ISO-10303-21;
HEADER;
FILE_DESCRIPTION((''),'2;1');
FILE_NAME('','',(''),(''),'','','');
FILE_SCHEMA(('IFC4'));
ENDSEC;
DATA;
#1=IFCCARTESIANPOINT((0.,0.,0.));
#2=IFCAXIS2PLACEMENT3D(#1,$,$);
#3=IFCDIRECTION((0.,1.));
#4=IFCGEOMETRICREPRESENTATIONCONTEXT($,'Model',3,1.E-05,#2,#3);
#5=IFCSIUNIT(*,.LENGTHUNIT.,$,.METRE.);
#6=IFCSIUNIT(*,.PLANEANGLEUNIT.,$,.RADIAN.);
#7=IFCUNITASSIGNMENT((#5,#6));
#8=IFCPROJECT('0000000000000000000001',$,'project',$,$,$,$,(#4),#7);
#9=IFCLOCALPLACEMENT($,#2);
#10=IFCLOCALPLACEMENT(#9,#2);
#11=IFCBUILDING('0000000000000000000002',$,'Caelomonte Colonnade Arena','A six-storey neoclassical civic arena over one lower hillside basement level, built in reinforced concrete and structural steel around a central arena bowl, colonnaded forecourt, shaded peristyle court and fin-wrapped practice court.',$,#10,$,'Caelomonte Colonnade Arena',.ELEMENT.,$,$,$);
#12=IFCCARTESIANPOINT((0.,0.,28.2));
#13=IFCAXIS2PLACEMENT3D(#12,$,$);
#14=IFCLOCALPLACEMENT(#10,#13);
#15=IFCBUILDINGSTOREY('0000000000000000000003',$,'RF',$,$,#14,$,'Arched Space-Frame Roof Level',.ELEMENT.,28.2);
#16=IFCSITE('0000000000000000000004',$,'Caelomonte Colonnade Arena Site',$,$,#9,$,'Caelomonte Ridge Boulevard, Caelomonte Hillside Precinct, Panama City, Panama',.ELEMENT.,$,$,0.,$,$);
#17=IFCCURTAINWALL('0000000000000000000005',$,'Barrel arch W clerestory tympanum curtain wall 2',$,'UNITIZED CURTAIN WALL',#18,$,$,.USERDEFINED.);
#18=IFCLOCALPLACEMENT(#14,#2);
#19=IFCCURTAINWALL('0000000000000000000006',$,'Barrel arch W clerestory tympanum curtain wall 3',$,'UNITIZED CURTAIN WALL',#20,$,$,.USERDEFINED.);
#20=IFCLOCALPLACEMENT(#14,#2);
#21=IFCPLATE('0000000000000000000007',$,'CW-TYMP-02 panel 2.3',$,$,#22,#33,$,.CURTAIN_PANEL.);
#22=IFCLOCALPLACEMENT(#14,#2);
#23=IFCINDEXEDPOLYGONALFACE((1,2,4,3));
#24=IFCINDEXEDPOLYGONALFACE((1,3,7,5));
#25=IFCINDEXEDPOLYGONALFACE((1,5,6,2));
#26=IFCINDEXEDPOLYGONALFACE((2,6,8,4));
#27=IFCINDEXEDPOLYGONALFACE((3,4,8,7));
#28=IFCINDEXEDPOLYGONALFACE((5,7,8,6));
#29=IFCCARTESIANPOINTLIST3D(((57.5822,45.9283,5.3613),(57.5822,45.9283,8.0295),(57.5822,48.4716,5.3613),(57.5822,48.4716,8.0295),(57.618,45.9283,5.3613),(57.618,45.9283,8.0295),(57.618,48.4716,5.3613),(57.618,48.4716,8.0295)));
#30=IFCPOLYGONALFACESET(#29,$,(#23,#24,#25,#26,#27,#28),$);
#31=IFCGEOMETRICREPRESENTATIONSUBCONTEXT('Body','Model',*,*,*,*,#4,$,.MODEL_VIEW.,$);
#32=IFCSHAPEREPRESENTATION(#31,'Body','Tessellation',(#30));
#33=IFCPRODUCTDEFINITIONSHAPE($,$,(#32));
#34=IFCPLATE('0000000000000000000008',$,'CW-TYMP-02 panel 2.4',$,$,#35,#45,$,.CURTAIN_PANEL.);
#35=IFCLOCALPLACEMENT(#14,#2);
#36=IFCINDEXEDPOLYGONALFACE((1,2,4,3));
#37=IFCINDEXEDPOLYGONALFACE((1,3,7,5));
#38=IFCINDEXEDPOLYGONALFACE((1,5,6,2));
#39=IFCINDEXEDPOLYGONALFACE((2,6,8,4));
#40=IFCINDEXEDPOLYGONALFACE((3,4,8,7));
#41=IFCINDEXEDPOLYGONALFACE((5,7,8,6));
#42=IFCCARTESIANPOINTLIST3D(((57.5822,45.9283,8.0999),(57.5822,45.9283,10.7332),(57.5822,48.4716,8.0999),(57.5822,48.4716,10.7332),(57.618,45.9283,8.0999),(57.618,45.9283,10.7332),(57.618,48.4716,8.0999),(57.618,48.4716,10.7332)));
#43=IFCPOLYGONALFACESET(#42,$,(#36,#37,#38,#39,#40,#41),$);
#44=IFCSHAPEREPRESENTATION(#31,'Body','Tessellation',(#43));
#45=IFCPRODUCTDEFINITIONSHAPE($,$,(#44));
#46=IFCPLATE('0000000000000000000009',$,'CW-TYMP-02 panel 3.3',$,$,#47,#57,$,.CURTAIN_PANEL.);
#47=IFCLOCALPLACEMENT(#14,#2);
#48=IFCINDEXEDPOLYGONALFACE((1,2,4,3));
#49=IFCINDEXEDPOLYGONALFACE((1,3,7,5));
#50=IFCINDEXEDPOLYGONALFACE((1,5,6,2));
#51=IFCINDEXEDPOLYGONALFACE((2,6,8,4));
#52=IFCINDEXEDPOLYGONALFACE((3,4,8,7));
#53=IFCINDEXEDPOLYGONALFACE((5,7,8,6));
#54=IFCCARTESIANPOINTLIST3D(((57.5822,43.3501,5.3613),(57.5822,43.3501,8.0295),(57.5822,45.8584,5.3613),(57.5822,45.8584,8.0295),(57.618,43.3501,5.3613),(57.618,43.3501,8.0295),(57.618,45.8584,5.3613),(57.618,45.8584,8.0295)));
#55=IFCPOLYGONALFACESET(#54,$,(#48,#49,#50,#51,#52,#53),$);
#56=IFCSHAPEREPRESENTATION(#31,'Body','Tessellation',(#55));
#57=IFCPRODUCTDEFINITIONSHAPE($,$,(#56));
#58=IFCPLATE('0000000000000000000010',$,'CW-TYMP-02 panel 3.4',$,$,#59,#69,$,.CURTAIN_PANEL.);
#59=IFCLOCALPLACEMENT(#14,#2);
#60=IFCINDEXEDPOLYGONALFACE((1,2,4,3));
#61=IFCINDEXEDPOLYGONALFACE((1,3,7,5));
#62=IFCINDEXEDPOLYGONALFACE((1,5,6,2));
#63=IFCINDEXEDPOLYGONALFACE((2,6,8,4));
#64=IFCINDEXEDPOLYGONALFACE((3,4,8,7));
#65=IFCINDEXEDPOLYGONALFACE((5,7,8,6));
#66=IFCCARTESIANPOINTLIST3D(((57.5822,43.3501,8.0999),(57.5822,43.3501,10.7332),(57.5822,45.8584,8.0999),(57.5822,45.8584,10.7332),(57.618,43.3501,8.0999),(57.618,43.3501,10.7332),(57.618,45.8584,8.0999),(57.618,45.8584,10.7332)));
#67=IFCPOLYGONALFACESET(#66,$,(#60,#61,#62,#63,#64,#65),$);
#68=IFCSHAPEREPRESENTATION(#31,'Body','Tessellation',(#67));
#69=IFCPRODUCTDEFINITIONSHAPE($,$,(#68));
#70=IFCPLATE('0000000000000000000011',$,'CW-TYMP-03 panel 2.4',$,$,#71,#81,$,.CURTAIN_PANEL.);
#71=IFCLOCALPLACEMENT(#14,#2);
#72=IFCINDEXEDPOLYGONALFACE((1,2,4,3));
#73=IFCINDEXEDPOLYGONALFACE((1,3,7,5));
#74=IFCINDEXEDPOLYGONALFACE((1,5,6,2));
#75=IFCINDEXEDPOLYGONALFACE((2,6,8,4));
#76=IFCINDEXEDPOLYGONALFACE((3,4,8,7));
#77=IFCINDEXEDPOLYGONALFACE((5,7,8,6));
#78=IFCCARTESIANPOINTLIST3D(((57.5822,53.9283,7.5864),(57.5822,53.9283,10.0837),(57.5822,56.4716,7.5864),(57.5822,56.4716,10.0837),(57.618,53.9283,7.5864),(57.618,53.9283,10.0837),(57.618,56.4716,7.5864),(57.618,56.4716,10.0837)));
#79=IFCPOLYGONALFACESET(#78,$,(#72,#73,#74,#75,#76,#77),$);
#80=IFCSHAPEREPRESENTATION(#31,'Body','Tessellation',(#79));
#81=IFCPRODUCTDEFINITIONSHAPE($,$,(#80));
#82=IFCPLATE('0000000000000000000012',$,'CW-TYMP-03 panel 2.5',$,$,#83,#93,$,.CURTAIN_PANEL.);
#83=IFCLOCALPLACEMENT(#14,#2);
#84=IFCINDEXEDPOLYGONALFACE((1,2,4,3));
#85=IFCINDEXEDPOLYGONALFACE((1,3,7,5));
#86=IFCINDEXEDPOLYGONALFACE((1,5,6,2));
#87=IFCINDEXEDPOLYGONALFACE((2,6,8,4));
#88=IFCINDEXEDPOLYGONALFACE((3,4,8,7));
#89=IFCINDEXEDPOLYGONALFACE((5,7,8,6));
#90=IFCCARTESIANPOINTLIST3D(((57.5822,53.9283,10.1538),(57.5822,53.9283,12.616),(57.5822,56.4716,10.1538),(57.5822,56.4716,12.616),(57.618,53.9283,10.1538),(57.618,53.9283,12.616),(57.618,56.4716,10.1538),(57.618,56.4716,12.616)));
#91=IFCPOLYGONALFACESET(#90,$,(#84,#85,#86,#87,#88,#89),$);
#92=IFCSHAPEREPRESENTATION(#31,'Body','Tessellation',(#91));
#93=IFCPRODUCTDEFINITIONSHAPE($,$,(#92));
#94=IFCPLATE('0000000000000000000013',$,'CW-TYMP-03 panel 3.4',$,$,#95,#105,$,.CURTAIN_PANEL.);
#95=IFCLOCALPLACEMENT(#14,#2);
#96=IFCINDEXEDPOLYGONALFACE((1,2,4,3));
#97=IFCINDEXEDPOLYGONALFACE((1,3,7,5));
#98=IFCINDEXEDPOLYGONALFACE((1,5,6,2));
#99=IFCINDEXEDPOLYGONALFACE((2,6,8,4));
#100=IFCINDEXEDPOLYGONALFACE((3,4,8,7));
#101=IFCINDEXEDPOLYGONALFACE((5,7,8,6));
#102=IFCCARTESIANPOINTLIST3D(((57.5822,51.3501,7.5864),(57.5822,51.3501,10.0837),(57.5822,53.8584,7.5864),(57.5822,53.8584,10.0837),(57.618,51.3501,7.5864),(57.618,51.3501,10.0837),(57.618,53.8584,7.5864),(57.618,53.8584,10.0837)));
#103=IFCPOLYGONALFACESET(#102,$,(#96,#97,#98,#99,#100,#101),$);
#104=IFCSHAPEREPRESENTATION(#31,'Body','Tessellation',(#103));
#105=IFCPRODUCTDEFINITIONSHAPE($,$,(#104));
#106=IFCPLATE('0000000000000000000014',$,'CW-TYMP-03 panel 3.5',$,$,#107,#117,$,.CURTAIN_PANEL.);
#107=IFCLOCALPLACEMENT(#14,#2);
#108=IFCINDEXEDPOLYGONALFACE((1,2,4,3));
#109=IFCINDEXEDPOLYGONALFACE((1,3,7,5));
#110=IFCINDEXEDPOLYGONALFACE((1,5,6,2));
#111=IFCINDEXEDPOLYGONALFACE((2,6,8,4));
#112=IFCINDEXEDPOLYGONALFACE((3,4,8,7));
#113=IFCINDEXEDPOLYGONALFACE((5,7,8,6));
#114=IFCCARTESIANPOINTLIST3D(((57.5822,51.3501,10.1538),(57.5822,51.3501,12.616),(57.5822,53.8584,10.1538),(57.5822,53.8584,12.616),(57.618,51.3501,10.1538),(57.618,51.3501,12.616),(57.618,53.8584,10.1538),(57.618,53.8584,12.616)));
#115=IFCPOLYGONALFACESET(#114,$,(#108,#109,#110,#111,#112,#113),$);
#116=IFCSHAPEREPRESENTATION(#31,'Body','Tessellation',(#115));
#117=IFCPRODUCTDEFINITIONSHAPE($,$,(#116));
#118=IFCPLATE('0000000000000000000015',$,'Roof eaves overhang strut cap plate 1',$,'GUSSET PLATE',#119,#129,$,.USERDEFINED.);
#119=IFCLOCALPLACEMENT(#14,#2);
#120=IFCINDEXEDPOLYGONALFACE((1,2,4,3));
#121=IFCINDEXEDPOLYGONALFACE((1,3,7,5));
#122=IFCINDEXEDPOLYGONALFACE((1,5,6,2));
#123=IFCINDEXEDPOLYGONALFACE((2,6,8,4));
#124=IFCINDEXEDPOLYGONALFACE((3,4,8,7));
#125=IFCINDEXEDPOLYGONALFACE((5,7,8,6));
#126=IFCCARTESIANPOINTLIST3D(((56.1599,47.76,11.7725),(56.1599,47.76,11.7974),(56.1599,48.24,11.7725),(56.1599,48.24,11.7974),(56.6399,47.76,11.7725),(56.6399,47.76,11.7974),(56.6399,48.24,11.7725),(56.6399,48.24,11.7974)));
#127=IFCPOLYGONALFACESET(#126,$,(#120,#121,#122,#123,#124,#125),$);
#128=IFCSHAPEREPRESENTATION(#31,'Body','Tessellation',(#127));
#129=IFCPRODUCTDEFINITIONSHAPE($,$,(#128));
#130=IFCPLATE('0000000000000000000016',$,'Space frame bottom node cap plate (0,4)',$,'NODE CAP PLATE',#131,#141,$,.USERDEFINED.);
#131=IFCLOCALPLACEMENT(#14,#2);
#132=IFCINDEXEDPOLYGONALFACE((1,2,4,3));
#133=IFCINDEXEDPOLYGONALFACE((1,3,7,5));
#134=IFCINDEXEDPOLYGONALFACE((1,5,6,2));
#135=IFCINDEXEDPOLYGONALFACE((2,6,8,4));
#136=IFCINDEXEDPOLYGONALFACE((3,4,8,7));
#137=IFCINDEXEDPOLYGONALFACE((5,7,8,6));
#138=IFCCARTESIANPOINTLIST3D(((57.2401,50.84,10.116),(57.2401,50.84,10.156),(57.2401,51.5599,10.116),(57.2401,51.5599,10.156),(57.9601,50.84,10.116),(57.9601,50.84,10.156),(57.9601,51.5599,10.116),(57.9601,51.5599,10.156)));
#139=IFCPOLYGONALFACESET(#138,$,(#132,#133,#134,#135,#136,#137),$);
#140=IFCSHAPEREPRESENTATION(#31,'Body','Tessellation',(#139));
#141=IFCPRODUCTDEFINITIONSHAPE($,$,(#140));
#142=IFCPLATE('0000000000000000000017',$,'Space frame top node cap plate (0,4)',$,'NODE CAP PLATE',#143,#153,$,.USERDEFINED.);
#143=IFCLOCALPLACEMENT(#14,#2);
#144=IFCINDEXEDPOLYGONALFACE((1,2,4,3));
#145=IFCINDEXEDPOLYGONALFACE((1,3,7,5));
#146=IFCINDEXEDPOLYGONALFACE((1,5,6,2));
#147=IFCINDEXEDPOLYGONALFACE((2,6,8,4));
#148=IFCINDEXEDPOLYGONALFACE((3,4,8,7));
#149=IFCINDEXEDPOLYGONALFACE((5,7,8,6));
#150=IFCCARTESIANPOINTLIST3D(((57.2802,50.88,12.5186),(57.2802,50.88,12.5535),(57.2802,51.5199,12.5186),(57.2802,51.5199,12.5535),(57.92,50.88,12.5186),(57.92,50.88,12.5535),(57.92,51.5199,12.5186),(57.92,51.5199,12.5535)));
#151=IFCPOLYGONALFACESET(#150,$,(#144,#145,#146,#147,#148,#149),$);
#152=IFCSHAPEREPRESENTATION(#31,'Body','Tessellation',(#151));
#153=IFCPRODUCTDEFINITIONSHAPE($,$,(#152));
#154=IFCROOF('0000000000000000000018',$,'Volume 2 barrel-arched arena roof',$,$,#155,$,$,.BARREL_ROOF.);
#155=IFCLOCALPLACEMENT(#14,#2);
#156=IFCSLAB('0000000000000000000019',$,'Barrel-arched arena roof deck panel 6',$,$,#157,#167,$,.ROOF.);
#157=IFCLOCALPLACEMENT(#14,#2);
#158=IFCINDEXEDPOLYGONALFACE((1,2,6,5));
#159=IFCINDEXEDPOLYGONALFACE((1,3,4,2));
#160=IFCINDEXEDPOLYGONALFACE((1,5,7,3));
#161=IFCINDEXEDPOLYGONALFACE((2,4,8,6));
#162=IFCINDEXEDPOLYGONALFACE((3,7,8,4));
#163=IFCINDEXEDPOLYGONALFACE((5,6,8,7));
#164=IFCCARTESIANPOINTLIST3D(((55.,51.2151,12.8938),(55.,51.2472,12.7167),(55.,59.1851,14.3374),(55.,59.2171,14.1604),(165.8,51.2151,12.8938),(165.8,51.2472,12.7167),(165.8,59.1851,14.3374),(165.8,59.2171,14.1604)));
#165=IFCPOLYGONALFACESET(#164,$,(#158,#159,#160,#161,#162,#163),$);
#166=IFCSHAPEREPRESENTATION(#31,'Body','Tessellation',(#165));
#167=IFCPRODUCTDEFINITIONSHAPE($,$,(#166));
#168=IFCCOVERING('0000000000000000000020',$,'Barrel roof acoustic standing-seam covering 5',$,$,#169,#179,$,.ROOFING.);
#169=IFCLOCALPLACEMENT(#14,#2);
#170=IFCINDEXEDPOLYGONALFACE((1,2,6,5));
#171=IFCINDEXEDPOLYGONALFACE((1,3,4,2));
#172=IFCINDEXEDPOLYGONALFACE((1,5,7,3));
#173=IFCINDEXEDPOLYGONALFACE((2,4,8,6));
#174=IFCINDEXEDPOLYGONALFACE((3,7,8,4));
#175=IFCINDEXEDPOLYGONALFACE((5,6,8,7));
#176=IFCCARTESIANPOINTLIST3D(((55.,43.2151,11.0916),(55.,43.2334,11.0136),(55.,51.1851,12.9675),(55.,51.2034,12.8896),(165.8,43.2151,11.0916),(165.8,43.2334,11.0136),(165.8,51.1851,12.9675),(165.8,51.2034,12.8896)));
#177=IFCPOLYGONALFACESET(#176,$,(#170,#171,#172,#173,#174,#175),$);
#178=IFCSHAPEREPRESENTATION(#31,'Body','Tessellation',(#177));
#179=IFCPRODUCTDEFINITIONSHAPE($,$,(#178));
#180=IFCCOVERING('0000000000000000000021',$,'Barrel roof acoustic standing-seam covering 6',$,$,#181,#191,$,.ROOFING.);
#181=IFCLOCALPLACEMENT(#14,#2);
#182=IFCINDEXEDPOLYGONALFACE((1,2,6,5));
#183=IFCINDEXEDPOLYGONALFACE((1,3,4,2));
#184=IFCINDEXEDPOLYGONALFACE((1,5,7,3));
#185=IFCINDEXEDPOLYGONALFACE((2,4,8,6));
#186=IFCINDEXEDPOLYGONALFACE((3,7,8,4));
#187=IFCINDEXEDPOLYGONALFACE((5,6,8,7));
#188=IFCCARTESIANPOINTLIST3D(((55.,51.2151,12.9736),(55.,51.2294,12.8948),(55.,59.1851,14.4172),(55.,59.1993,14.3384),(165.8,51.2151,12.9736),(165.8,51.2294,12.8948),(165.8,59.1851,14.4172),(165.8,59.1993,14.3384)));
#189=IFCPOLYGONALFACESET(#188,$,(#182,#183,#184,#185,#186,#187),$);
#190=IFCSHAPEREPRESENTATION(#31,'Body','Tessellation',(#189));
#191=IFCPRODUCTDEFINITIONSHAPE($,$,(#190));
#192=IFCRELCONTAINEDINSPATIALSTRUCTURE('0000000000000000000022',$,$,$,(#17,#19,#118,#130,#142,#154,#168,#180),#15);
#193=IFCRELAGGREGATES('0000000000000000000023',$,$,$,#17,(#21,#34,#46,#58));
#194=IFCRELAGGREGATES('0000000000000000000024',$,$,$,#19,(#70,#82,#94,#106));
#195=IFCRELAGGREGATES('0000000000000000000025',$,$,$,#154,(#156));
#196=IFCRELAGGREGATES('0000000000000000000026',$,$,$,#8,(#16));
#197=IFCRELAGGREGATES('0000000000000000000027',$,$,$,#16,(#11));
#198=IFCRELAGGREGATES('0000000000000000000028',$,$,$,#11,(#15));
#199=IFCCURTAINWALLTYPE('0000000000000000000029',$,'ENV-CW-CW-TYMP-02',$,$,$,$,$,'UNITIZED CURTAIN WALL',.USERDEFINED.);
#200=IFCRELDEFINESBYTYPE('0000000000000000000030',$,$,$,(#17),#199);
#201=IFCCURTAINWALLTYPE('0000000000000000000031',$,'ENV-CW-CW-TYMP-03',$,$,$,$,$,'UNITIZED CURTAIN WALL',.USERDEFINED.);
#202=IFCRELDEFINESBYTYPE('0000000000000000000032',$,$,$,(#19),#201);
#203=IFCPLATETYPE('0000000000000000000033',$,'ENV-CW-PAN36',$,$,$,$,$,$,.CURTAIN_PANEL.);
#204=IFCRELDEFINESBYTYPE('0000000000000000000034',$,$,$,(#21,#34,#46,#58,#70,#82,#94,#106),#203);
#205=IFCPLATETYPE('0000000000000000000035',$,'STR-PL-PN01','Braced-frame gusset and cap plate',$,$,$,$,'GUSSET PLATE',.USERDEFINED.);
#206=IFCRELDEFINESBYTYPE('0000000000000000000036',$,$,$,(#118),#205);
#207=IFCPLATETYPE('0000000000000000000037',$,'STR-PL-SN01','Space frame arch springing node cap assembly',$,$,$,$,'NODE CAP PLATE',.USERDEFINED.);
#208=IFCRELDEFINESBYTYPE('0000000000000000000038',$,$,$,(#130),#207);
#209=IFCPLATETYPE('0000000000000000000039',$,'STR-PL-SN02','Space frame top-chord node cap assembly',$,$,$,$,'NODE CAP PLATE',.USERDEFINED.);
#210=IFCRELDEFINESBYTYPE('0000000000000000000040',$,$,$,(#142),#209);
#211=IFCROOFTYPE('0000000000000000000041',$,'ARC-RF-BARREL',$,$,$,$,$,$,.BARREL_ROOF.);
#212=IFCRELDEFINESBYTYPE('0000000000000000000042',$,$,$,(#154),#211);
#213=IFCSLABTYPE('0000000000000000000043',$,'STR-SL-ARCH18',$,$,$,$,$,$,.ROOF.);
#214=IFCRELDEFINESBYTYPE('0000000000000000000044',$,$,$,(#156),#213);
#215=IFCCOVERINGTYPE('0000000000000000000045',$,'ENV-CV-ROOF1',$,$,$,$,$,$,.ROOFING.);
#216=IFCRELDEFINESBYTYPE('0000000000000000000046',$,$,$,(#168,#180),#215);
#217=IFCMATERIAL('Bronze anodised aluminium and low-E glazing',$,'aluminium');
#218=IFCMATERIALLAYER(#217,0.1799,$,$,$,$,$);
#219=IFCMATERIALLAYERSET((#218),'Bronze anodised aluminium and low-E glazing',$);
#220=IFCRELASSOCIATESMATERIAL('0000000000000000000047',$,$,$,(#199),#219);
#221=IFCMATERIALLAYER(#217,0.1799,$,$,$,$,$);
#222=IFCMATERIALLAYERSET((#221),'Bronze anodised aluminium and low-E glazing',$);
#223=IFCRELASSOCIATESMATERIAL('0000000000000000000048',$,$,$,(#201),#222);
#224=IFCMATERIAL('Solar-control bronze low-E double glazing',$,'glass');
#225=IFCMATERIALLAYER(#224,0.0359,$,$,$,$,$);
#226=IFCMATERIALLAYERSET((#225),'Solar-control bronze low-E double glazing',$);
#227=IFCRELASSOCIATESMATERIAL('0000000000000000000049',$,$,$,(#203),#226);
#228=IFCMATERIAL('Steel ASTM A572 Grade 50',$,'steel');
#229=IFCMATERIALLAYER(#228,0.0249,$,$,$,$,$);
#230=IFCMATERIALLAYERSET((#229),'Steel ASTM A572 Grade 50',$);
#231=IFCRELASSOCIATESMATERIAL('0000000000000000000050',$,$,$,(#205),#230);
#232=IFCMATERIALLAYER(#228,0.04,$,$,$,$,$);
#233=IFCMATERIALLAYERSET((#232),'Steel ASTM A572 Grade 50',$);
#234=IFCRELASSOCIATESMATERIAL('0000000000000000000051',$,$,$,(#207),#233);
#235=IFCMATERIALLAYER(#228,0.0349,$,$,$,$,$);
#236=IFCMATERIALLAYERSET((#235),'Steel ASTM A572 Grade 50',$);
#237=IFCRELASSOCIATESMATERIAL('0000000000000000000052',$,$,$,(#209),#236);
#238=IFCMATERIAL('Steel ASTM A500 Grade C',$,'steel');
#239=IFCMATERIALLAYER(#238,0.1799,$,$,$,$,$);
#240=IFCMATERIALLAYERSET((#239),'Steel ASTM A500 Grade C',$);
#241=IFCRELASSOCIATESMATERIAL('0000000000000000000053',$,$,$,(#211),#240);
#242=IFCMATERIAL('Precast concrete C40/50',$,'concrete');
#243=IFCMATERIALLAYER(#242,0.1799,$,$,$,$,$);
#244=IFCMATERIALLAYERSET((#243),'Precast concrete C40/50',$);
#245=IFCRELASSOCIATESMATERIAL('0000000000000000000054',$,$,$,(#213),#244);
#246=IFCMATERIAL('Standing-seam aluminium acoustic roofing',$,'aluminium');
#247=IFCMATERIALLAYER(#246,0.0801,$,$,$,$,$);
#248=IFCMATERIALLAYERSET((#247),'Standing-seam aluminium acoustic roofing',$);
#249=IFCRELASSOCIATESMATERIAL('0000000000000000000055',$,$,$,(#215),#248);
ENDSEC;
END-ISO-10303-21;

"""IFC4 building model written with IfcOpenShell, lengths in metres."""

from ifc_helpers import new_model, si_unit, direction, frame, origin, origin_2d, place, context, subcontext, project, spatial, polyline, rectangle, outline, extrude, material, layer, layer_set, type_object, element, aggregate, save


model = new_model("IFC4")

# Units and contexts
model_context = context("Model", 3, precision=1e-05, world=origin(), true_north=direction((0.0, 1.0)))
body_context = subcontext(model_context, "Body", "Model", "MODEL_VIEW")
ifc_project = project(units=[si_unit("LENGTHUNIT", "METRE"), si_unit("PLANEANGLEUNIT", "RADIAN")], contexts=[model_context])

# Site, building, storey
site_placement = place(None, origin())
site = spatial("IfcSite", under=ifc_project, at=site_placement, Name="Caelomonte Colonnade Arena Site", LongName="Caelomonte Ridge Boulevard, Caelomonte Hillside Precinct, Panama City, Panama", CompositionType="ELEMENT", RefElevation=0.0)
building_placement = place(site_placement, origin())
building = spatial("IfcBuilding", under=site, at=building_placement, Name="Caelomonte Colonnade Arena", Description="A six-storey neoclassical civic arena over one lower hillside basement level, built in reinforced concrete and structural steel around a central arena bowl, colonnaded forecourt, shaded peristyle court and fin-wrapped practice court.", LongName="Caelomonte Colonnade Arena", CompositionType="ELEMENT")
storey_placement = place(building_placement, frame((0.0, 0.0, 28.2)))
storey = spatial("IfcBuildingStorey", under=building, at=storey_placement, Name="RF", LongName="Arched Space-Frame Roof Level", CompositionType="ELEMENT", Elevation=28.2)

# Curtain walls
ifc_material_1 = material(Name="Bronze anodised aluminium and low-E glazing", Category="aluminium")
ifc_layer_1 = layer(ifc_material_1, 0.1799)
ifc_layer_set_1 = layer_set([ifc_layer_1], Name="Bronze anodised aluminium and low-E glazing")
curtain_wall_type_1 = type_object("IfcCurtainWallType", Name="ENV-CW-CW-TYMP-02", ElementType="UNITIZED CURTAIN WALL", PredefinedType="USERDEFINED", material=ifc_layer_set_1)
curtain_wall_1_placement = place(storey_placement, origin())
curtain_wall_1 = element("IfcCurtainWall", 1, at=curtain_wall_1_placement, inside=storey, type_object=curtain_wall_type_1, Name="Barrel arch W clerestory tympanum curtain wall 2", ObjectType="UNITIZED CURTAIN WALL", PredefinedType="USERDEFINED")
ifc_layer_2 = layer(ifc_material_1, 0.1799)
ifc_layer_set_2 = layer_set([ifc_layer_2], Name="Bronze anodised aluminium and low-E glazing")
curtain_wall_type_2 = type_object("IfcCurtainWallType", Name="ENV-CW-CW-TYMP-03", ElementType="UNITIZED CURTAIN WALL", PredefinedType="USERDEFINED", material=ifc_layer_set_2)
curtain_wall_2_placement = place(storey_placement, origin())
curtain_wall_2 = element("IfcCurtainWall", 2, at=curtain_wall_2_placement, inside=storey, type_object=curtain_wall_type_2, Name="Barrel arch W clerestory tympanum curtain wall 3", ObjectType="UNITIZED CURTAIN WALL", PredefinedType="USERDEFINED")

# Shared definitions
ifc_material_2 = material(Name="Steel ASTM A500 Grade C", Category="steel")

# Plates
ifc_material_3 = material(Name="Solar-control bronze low-E double glazing", Category="glass")
ifc_layer_3 = layer(ifc_material_3, 0.0359)
ifc_layer_set_3 = layer_set([ifc_layer_3], Name="Solar-control bronze low-E double glazing")
plate_type_1 = type_object("IfcPlateType", Name="ENV-CW-PAN36", PredefinedType="CURTAIN_PANEL", material=ifc_layer_set_3)
plate_1_placement = place(storey_placement, frame((57.6001, 47.2, 5.3613), z_axis=(0.0, 0.0, 1.0), x_axis=(0.0, -1.0, 0.0)))
plate_1 = element("IfcPlate", 3, at=plate_1_placement, type_object=plate_type_1, Name="CW-TYMP-02 panel 2.3", PredefinedType="CURTAIN_PANEL", context=body_context, shape_type="SweptSolid", body=[
    extrude(rectangle(XDim=2.5432, YDim=0.0359, at=origin_2d()), origin(), (0.0, 0.0, 1.0), 2.6682),
])
plate_2_placement = place(storey_placement, frame((57.6001, 47.2, 8.0999), z_axis=(0.0, 0.0, 1.0), x_axis=(0.0, -1.0, 0.0)))
plate_2 = element("IfcPlate", 4, at=plate_2_placement, type_object=plate_type_1, Name="CW-TYMP-02 panel 2.4", PredefinedType="CURTAIN_PANEL", context=body_context, shape_type="SweptSolid", body=[
    extrude(rectangle(XDim=2.5432, YDim=0.0359, at=origin_2d()), origin(), (0.0, 0.0, 1.0), 2.6333),
])
plate_3_placement = place(storey_placement, frame((57.6001, 44.6042, 5.3613), z_axis=(0.0, 0.0, 1.0), x_axis=(0.0, -1.0, 0.0)))
plate_3 = element("IfcPlate", 5, at=plate_3_placement, type_object=plate_type_1, Name="CW-TYMP-02 panel 3.3", PredefinedType="CURTAIN_PANEL", context=body_context, shape_type="SweptSolid", body=[
    extrude(rectangle(XDim=2.5083, YDim=0.0359, at=origin_2d()), origin(), (0.0, 0.0, 1.0), 2.6682),
])
plate_4_placement = place(storey_placement, frame((57.6001, 44.6042, 8.0999), z_axis=(0.0, 0.0, 1.0), x_axis=(0.0, -1.0, 0.0)))
plate_4 = element("IfcPlate", 6, at=plate_4_placement, type_object=plate_type_1, Name="CW-TYMP-02 panel 3.4", PredefinedType="CURTAIN_PANEL", context=body_context, shape_type="SweptSolid", body=[
    extrude(rectangle(XDim=2.5083, YDim=0.0359, at=origin_2d()), origin(), (0.0, 0.0, 1.0), 2.6333),
])
aggregate(curtain_wall_1, [plate_1, plate_2, plate_3, plate_4])
plate_5_placement = place(storey_placement, frame((57.6001, 55.2, 7.5864), z_axis=(0.0, 0.0, 1.0), x_axis=(0.0, -1.0, 0.0)))
plate_5 = element("IfcPlate", 7, at=plate_5_placement, type_object=plate_type_1, Name="CW-TYMP-03 panel 2.4", PredefinedType="CURTAIN_PANEL", context=body_context, shape_type="SweptSolid", body=[
    extrude(rectangle(XDim=2.5432, YDim=0.0359, at=origin_2d()), origin(), (0.0, 0.0, 1.0), 2.4973),
])
plate_6_placement = place(storey_placement, frame((57.6001, 55.2, 10.1538), z_axis=(0.0, 0.0, 1.0), x_axis=(0.0, -1.0, 0.0)))
plate_6 = element("IfcPlate", 8, at=plate_6_placement, type_object=plate_type_1, Name="CW-TYMP-03 panel 2.5", PredefinedType="CURTAIN_PANEL", context=body_context, shape_type="SweptSolid", body=[
    extrude(rectangle(XDim=2.5432, YDim=0.0359, at=origin_2d()), origin(), (0.0, 0.0, 1.0), 2.4622),
])
plate_7_placement = place(storey_placement, frame((57.6001, 52.6042, 7.5864), z_axis=(0.0, 0.0, 1.0), x_axis=(0.0, -1.0, 0.0)))
plate_7 = element("IfcPlate", 9, at=plate_7_placement, type_object=plate_type_1, Name="CW-TYMP-03 panel 3.4", PredefinedType="CURTAIN_PANEL", context=body_context, shape_type="SweptSolid", body=[
    extrude(rectangle(XDim=2.5083, YDim=0.0359, at=origin_2d()), origin(), (0.0, 0.0, 1.0), 2.4973),
])
plate_8_placement = place(storey_placement, frame((57.6001, 52.6042, 10.1538), z_axis=(0.0, 0.0, 1.0), x_axis=(0.0, -1.0, 0.0)))
plate_8 = element("IfcPlate", 10, at=plate_8_placement, type_object=plate_type_1, Name="CW-TYMP-03 panel 3.5", PredefinedType="CURTAIN_PANEL", context=body_context, shape_type="SweptSolid", body=[
    extrude(rectangle(XDim=2.5083, YDim=0.0359, at=origin_2d()), origin(), (0.0, 0.0, 1.0), 2.4622),
])
aggregate(curtain_wall_2, [plate_5, plate_6, plate_7, plate_8])

# Plates
ifc_material_4 = material(Name="Steel ASTM A572 Grade 50", Category="steel")
ifc_layer_4 = layer(ifc_material_4, 0.0249)
ifc_layer_set_4 = layer_set([ifc_layer_4], Name="Steel ASTM A572 Grade 50")
plate_type_2 = type_object("IfcPlateType", Name="STR-PL-PN01", Description="Braced-frame gusset and cap plate", ElementType="GUSSET PLATE", PredefinedType="USERDEFINED", material=ifc_layer_set_4)
plate_9_placement = place(storey_placement, frame((56.3999, 48.0, 11.7725), z_axis=(0.0, 0.0, 1.0), x_axis=(1.0, 0.0, 0.0)))
element("IfcPlate", 11, at=plate_9_placement, inside=storey, type_object=plate_type_2, Name="Roof eaves overhang strut cap plate 1", ObjectType="GUSSET PLATE", PredefinedType="USERDEFINED", context=body_context, shape_type="SweptSolid", body=[
    extrude(rectangle(XDim=0.48, YDim=0.48, at=origin_2d()), origin(), (0.0, 0.0, 1.0), 0.0249),
])
ifc_layer_5 = layer(ifc_material_4, 0.04)
ifc_layer_set_5 = layer_set([ifc_layer_5], Name="Steel ASTM A572 Grade 50")
plate_type_3 = type_object("IfcPlateType", Name="STR-PL-SN01", Description="Space frame arch springing node cap assembly", ElementType="NODE CAP PLATE", PredefinedType="USERDEFINED", material=ifc_layer_set_5)
plate_10_placement = place(storey_placement, frame((57.6001, 51.2, 10.116), z_axis=(0.0, 0.0, 1.0), x_axis=(1.0, 0.0, 0.0)))
element("IfcPlate", 12, at=plate_10_placement, inside=storey, type_object=plate_type_3, Name="Space frame bottom node cap plate (0,4)", ObjectType="NODE CAP PLATE", PredefinedType="USERDEFINED", context=body_context, shape_type="SweptSolid", body=[
    extrude(rectangle(XDim=0.72, YDim=0.72, at=origin_2d()), origin(), (0.0, 0.0, 1.0), 0.04),
])
ifc_layer_6 = layer(ifc_material_4, 0.0349)
ifc_layer_set_6 = layer_set([ifc_layer_6], Name="Steel ASTM A572 Grade 50")
plate_type_4 = type_object("IfcPlateType", Name="STR-PL-SN02", Description="Space frame top-chord node cap assembly", ElementType="NODE CAP PLATE", PredefinedType="USERDEFINED", material=ifc_layer_set_6)
plate_11_placement = place(storey_placement, frame((57.6001, 51.2, 12.5186), z_axis=(0.0, 0.0, 1.0), x_axis=(1.0, 0.0, 0.0)))
element("IfcPlate", 13, at=plate_11_placement, inside=storey, type_object=plate_type_4, Name="Space frame top node cap plate (0,4)", ObjectType="NODE CAP PLATE", PredefinedType="USERDEFINED", context=body_context, shape_type="SweptSolid", body=[
    extrude(rectangle(XDim=0.6399, YDim=0.6399, at=origin_2d()), origin(), (0.0, 0.0, 1.0), 0.0349),
])

# Roof, slab
ifc_layer_7 = layer(ifc_material_2, 0.1799)
ifc_layer_set_7 = layer_set([ifc_layer_7], Name="Steel ASTM A500 Grade C")
roof_type = type_object("IfcRoofType", Name="ARC-RF-BARREL", PredefinedType="BARREL_ROOF", material=ifc_layer_set_7)
roof_placement = place(storey_placement, origin())
roof = element("IfcRoof", 14, at=roof_placement, inside=storey, type_object=roof_type, Name="Volume 2 barrel-arched arena roof", PredefinedType="BARREL_ROOF")
ifc_material_5 = material(Name="Precast concrete C40/50", Category="concrete")
ifc_layer_8 = layer(ifc_material_5, 0.1799)
ifc_layer_set_8 = layer_set([ifc_layer_8], Name="Precast concrete C40/50")
slab_type = type_object("IfcSlabType", Name="STR-SL-ARCH18", PredefinedType="ROOF", material=ifc_layer_set_8)
slab_placement = place(storey_placement, frame((55.0, 51.2151, 12.8938), z_axis=(0.0, -0.17823, 0.983989), x_axis=(1.0, 0.0, 0.0)))
slab = element("IfcSlab", 15, at=slab_placement, type_object=slab_type, Name="Barrel-arched arena roof deck panel 6", PredefinedType="ROOF", context=body_context, shape_type="SweptSolid", body=[
    extrude(outline(polyline([(0.0, 0.0), (110.8, 0.0), (110.8, 8.0997), (0.0, 8.0997), (0.0, 0.0)])), origin(), (0.0, 0.0, -1.0), 0.1799),
])
aggregate(roof, [slab])

# Coverings
ifc_material_6 = material(Name="Standing-seam aluminium acoustic roofing", Category="aluminium")
ifc_layer_9 = layer(ifc_material_6, 0.0801)
ifc_layer_set_9 = layer_set([ifc_layer_9], Name="Standing-seam aluminium acoustic roofing")
covering_type = type_object("IfcCoveringType", Name="ENV-CV-ROOF1", PredefinedType="ROOFING", material=ifc_layer_set_9)
covering_1_placement = place(storey_placement, frame((55.0, 43.2151, 11.0916), z_axis=(0.0, -0.229119, 0.973398), x_axis=(1.0, 0.0, 0.0)))
element("IfcCovering", 16, at=covering_1_placement, inside=storey, type_object=covering_type, Name="Barrel roof acoustic standing-seam covering 5", PredefinedType="ROOFING", context=body_context, shape_type="SweptSolid", body=[
    extrude(outline(polyline([(0.0, 0.0), (110.8, 0.0), (110.8, 8.1878), (0.0, 8.1878), (0.0, 0.0)])), origin(), (0.0, 0.0, -1.0), 0.0801),
])
covering_2_placement = place(storey_placement, frame((55.0, 51.2151, 12.9736), z_axis=(0.0, -0.17823, 0.983989), x_axis=(1.0, 0.0, 0.0)))
element("IfcCovering", 17, at=covering_2_placement, inside=storey, type_object=covering_type, Name="Barrel roof acoustic standing-seam covering 6", PredefinedType="ROOFING", context=body_context, shape_type="SweptSolid", body=[
    extrude(outline(polyline([(0.0, 0.0), (110.8, 0.0), (110.8, 8.0997), (0.0, 8.0997), (0.0, 0.0)])), origin(), (0.0, 0.0, -1.0), 0.0801),
])

save(model, "model.ifc")
